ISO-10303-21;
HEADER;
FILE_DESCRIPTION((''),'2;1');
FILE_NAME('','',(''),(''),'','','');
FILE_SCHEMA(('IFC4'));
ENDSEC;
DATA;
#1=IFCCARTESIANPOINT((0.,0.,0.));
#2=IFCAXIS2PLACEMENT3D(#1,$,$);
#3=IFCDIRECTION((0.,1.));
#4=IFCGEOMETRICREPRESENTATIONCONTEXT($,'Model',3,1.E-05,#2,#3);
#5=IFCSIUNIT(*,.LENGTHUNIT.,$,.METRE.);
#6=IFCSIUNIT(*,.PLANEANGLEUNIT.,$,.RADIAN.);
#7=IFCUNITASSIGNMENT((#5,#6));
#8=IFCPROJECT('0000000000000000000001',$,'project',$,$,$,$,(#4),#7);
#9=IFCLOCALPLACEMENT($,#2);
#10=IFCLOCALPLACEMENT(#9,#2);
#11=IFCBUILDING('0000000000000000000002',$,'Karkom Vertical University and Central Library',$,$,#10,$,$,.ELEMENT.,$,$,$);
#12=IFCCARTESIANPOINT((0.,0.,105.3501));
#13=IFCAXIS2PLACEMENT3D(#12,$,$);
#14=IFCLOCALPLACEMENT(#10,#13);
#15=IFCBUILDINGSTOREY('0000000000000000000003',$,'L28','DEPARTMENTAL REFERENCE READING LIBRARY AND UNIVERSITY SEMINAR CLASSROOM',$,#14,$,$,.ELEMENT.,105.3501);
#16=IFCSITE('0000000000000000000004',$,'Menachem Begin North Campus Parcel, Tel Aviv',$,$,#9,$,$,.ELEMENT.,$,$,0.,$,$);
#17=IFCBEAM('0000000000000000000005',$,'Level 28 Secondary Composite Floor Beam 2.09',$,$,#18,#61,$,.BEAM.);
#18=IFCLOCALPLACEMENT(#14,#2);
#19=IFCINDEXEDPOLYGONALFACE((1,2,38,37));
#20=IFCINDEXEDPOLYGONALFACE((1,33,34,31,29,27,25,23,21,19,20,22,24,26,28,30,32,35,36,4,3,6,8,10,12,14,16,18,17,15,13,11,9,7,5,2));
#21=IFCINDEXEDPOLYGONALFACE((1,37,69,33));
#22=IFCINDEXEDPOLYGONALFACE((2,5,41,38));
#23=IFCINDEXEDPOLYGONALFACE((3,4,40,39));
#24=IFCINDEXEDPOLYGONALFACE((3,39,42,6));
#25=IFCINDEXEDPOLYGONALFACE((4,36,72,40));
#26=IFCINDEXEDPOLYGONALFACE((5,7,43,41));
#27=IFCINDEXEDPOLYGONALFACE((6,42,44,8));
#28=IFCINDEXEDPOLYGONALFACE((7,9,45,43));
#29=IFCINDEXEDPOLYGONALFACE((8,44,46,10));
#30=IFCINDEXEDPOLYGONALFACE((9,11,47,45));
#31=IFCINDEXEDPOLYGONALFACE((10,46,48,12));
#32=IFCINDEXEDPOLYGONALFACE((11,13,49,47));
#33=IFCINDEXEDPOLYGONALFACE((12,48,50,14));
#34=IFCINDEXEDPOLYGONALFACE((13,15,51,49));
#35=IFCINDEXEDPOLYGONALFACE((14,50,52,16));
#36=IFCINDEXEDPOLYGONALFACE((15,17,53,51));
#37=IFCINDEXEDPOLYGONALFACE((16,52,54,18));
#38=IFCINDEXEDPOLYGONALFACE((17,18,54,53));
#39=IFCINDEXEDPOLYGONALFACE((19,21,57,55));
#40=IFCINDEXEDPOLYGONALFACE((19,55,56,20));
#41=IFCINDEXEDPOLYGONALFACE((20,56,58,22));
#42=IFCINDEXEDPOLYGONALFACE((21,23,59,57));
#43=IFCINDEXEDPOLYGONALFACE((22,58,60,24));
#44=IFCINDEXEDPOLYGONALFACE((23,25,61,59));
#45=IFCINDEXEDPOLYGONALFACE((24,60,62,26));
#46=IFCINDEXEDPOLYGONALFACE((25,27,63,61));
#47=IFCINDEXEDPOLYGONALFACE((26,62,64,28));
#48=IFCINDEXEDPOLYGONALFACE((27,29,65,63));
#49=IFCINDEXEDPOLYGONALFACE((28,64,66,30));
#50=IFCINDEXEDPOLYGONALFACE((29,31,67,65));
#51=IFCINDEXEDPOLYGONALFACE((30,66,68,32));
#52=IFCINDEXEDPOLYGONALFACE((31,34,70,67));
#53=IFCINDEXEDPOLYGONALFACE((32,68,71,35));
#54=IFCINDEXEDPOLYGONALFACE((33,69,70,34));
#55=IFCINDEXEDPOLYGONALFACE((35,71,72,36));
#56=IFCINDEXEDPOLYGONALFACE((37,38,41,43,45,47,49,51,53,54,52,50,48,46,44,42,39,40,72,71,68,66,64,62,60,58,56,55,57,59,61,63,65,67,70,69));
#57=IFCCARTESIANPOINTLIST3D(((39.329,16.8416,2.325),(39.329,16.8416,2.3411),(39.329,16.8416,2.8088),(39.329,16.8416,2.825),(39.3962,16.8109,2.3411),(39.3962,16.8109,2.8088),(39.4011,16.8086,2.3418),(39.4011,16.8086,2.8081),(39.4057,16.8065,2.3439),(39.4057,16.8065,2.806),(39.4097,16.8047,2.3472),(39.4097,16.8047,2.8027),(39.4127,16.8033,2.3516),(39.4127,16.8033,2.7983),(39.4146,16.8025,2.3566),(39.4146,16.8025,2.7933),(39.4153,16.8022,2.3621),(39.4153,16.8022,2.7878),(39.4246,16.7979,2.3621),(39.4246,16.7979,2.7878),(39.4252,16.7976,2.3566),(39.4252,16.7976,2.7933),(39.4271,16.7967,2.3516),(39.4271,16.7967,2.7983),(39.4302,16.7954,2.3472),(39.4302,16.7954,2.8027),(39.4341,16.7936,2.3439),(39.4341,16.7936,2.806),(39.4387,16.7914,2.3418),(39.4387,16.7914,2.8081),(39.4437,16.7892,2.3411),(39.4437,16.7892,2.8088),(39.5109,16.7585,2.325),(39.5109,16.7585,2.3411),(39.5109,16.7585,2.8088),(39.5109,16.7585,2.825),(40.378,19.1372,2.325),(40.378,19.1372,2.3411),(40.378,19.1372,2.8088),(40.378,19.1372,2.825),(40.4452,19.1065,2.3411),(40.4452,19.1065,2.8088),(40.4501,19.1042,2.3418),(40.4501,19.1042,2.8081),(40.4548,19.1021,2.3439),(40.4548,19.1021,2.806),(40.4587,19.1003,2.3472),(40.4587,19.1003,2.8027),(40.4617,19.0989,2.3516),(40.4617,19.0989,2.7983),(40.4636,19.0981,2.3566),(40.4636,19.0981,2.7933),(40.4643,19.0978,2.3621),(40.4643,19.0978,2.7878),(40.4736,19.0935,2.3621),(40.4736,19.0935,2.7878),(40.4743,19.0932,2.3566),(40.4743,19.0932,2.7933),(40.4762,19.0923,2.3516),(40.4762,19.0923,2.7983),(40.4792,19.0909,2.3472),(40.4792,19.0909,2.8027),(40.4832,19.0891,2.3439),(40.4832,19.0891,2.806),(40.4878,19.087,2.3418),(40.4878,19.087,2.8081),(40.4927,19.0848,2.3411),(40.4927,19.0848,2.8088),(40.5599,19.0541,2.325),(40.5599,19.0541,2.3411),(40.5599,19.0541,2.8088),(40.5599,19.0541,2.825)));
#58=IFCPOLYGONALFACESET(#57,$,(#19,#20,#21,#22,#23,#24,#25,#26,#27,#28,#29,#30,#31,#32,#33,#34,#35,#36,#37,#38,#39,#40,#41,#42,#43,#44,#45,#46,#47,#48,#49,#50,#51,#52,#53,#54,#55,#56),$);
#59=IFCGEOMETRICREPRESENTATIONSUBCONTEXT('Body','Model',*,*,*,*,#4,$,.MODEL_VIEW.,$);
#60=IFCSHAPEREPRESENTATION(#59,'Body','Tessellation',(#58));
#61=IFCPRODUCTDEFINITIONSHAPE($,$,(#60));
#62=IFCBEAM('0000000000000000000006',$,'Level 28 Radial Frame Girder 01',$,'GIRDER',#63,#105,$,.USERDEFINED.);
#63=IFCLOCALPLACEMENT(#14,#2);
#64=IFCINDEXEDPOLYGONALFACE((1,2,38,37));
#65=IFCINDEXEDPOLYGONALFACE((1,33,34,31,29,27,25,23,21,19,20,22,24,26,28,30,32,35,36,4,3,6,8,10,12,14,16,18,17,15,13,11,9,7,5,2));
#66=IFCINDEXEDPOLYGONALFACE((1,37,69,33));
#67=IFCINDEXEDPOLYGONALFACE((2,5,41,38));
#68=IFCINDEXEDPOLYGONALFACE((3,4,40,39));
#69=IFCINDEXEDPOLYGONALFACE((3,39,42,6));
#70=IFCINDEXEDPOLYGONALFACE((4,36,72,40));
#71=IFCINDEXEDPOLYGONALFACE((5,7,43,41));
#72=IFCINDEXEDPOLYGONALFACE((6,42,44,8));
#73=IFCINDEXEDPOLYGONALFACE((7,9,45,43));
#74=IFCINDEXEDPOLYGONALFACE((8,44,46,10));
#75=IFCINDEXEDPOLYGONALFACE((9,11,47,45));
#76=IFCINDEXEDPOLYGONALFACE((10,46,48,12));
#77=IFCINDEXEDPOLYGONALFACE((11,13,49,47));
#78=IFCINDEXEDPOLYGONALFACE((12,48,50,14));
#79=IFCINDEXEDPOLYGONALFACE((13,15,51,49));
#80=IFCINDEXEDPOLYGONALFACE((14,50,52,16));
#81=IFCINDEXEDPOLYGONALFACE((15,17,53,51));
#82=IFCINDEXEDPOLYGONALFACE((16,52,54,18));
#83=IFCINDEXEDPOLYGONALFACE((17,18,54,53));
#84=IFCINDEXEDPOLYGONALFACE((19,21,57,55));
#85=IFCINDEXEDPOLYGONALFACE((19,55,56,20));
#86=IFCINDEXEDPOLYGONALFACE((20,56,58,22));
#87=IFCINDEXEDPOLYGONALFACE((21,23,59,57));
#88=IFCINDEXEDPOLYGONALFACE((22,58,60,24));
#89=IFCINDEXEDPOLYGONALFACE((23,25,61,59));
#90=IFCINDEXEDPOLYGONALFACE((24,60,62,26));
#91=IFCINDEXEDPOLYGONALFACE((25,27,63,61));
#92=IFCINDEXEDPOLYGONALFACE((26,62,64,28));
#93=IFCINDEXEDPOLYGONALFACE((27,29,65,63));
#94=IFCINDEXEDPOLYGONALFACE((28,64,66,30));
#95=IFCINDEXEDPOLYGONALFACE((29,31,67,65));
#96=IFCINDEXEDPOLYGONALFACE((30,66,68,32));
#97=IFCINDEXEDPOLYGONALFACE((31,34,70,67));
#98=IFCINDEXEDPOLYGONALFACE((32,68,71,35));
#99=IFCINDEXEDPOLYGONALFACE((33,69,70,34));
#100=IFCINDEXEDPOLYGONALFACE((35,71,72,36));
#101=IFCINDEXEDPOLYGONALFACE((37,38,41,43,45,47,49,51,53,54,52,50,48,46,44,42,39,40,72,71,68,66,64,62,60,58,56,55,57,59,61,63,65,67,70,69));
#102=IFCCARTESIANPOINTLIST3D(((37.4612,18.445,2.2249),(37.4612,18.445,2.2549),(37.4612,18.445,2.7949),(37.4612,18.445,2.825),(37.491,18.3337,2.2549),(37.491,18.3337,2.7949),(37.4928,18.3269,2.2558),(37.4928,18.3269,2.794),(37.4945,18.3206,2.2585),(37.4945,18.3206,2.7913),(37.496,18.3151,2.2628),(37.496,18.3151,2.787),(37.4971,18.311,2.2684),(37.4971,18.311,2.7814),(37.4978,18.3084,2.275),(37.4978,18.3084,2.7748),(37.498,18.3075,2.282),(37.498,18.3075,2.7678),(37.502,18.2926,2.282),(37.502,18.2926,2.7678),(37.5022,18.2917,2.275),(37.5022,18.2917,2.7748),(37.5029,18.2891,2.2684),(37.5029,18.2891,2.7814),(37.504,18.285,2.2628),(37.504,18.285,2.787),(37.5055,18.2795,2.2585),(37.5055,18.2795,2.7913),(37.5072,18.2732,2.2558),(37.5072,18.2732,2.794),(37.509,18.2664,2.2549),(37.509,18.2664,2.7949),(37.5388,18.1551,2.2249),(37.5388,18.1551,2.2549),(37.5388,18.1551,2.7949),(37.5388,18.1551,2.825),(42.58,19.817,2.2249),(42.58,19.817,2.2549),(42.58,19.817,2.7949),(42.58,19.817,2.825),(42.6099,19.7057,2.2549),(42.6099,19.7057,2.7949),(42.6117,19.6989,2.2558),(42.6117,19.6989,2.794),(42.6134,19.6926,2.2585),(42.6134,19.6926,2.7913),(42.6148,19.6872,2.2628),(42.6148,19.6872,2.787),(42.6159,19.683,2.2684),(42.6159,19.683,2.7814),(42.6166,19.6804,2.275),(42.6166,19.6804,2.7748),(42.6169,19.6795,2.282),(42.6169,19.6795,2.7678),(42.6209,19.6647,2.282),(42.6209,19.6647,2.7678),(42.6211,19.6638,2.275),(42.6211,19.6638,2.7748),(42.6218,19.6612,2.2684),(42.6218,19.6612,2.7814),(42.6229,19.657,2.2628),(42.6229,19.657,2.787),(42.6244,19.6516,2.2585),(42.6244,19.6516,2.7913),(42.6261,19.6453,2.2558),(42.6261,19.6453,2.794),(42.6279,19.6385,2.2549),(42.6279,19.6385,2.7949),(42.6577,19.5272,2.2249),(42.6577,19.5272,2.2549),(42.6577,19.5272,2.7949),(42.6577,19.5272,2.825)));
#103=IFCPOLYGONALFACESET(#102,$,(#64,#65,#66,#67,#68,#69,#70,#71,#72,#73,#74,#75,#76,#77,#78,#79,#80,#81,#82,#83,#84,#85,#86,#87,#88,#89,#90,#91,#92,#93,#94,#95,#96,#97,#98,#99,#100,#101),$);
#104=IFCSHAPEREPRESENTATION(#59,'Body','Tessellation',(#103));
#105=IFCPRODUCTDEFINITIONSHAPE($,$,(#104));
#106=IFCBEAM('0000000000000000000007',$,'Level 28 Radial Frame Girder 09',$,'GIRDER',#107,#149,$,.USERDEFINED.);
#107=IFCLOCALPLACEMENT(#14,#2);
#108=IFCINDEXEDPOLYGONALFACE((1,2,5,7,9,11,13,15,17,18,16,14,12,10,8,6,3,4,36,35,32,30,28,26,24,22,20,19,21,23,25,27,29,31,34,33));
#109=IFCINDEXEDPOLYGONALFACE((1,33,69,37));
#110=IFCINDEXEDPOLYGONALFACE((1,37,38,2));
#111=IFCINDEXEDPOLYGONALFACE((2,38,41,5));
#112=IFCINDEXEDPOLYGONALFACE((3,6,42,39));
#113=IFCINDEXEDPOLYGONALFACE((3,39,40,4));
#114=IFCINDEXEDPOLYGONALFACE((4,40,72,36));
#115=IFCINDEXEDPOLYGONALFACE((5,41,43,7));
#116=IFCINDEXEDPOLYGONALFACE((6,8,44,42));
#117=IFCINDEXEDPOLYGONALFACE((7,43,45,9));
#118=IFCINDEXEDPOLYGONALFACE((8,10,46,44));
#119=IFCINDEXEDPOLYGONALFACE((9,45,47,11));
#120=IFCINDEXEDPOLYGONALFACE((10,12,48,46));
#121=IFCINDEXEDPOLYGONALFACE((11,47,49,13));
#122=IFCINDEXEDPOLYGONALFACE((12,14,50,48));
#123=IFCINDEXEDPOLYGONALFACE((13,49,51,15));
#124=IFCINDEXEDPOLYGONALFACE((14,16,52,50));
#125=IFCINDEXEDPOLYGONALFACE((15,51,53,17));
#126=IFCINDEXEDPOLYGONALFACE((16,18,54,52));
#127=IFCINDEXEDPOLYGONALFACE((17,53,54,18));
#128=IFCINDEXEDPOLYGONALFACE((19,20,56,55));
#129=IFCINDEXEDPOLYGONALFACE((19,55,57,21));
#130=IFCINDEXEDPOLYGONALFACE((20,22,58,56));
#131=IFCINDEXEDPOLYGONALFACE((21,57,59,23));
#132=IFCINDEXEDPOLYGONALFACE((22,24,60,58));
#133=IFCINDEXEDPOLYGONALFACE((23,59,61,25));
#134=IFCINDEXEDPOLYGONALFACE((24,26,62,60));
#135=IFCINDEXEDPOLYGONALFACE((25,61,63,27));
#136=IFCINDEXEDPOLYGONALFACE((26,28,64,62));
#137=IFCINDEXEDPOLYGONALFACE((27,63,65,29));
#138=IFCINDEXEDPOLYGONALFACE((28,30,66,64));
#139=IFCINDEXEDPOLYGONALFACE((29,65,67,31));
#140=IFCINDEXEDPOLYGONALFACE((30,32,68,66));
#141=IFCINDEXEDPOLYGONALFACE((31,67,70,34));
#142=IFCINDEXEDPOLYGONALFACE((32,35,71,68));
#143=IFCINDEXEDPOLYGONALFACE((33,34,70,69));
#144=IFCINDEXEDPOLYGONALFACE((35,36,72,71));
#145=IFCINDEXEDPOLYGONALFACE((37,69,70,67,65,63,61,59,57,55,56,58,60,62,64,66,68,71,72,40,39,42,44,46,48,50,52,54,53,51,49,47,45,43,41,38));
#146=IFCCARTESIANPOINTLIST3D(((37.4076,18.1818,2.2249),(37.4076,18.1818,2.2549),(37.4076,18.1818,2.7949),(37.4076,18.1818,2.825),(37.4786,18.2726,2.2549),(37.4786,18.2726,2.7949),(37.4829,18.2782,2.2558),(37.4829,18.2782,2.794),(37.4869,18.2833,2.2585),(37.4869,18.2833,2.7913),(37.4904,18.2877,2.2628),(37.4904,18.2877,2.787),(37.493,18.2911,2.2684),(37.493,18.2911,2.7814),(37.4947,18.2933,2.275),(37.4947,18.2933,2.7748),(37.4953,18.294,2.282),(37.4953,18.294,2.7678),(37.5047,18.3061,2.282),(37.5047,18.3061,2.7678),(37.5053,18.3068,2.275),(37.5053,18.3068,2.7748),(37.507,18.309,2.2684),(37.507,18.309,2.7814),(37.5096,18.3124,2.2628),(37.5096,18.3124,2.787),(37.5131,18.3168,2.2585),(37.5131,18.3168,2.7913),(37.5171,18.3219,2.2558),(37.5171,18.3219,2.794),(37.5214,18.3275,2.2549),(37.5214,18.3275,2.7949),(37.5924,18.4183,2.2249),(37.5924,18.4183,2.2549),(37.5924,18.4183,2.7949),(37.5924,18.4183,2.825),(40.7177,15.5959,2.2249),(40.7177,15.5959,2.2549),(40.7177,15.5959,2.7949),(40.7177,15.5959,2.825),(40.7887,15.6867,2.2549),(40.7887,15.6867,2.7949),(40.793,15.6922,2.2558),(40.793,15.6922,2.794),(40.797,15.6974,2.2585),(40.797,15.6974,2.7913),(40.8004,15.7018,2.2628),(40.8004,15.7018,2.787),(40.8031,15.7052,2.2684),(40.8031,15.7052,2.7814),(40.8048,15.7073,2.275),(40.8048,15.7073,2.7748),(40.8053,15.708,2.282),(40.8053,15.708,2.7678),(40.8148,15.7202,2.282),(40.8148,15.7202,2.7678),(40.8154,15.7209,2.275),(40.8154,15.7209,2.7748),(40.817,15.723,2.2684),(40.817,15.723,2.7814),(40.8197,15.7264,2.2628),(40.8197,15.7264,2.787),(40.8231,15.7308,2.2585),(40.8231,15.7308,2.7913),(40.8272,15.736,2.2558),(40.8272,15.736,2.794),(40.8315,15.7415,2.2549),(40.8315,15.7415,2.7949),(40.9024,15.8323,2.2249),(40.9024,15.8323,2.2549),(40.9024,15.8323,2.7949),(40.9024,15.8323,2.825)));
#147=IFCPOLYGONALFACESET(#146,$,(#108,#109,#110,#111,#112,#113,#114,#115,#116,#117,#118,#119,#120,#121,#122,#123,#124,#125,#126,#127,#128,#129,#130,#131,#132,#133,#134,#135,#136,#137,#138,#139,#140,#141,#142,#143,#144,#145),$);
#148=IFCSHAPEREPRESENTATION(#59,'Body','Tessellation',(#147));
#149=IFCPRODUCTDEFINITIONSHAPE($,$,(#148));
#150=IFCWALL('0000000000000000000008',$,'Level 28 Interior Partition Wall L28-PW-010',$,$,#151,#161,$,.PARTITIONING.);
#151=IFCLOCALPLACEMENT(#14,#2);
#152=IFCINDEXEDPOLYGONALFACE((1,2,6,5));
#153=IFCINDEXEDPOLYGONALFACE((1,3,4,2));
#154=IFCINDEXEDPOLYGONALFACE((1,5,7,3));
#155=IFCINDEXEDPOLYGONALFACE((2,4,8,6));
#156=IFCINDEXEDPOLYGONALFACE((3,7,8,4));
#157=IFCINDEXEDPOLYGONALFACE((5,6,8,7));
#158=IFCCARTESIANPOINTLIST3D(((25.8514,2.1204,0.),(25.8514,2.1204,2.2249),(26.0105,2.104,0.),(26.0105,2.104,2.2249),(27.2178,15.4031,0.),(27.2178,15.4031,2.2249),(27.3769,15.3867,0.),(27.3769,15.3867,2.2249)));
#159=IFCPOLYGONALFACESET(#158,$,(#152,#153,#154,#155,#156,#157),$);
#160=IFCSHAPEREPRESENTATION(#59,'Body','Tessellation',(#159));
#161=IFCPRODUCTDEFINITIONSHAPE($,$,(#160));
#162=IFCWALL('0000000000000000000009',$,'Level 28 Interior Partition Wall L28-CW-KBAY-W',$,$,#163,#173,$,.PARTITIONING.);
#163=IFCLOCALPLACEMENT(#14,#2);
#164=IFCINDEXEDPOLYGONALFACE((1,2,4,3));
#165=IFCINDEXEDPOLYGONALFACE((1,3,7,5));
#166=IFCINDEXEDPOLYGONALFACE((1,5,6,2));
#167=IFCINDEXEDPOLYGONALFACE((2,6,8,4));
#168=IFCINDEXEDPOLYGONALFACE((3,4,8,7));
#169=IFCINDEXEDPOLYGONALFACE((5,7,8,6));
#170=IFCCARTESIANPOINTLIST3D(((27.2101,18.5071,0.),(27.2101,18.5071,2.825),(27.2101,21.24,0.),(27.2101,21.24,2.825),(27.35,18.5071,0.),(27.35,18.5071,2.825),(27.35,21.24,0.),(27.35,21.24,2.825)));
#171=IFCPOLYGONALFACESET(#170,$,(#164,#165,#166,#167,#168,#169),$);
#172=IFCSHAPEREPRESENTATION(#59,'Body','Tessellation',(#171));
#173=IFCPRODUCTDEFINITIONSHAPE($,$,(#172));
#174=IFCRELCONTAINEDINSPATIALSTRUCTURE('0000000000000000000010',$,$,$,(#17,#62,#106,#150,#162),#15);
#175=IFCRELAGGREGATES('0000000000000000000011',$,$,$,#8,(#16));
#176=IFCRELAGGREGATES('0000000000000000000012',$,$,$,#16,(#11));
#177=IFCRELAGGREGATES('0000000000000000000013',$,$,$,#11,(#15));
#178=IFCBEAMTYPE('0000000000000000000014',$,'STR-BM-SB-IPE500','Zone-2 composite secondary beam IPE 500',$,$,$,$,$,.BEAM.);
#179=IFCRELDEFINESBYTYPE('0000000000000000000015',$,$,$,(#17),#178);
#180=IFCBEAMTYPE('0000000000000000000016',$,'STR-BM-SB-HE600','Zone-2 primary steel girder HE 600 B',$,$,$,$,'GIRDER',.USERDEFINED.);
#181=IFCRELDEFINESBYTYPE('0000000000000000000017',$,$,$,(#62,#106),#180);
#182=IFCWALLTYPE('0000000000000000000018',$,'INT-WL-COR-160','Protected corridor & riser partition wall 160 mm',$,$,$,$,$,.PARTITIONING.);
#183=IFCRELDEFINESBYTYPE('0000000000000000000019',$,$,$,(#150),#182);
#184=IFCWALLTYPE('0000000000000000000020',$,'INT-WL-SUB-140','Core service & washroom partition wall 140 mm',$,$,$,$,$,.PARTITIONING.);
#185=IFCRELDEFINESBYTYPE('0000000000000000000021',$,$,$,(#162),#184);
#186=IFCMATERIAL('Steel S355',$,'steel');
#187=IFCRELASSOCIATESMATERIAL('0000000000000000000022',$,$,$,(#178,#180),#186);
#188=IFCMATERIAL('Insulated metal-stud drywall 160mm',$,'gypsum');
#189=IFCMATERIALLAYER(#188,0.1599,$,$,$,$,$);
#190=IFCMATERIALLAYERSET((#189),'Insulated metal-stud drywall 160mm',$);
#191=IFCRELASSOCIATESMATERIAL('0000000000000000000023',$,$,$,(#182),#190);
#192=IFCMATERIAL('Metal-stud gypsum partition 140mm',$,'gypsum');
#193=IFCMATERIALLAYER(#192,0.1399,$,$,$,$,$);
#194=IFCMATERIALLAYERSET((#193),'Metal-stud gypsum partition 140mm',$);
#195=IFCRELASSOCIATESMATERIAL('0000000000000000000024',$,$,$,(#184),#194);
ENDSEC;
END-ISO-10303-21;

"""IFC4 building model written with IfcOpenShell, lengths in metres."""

from ifc_helpers import new_model, si_unit, direction, frame, frame_2d, origin, origin_with_axes, origin_2d, place, context, subcontext, project, spatial, rectangle, i_section, extrude, source, transform, mapped, material, layer, layer_set, material_profile, profile_set, type_object, element, save


model = new_model("IFC4")

# Units and contexts
model_context = context("Model", 3, precision=1e-05, world=origin(), true_north=direction((0.0, 1.0)))
body_context = subcontext(model_context, "Body", "Model", "MODEL_VIEW")
ifc_project = project(units=[si_unit("LENGTHUNIT", "METRE"), si_unit("PLANEANGLEUNIT", "RADIAN")], contexts=[model_context])

# Site, building, storey
site_placement = place(None, origin())
site = spatial("IfcSite", under=ifc_project, at=site_placement, Name="Menachem Begin North Campus Parcel, Tel Aviv", CompositionType="ELEMENT", RefElevation=0.0)
building_placement = place(site_placement, origin())
building = spatial("IfcBuilding", under=site, at=building_placement, Name="Karkom Vertical University and Central Library", CompositionType="ELEMENT")
storey_placement = place(building_placement, frame((0.0, 0.0, 105.3501)))
storey = spatial("IfcBuildingStorey", under=building, at=storey_placement, Name="L28", Description="DEPARTMENTAL REFERENCE READING LIBRARY AND UNIVERSITY SEMINAR CLASSROOM", CompositionType="ELEMENT", Elevation=105.3501)

# Beams
ifc_material_1 = material(Name="Steel S355", Category="steel")
ifc_material_profile_1 = material_profile(ifc_material_1, i_section(OverallWidth=0.2, OverallDepth=0.5, WebThickness=0.0103, FlangeThickness=0.0161, FilletRadius=0.021, at=origin_2d()), Name="IPE 500")
ifc_profile_set_1 = profile_set([ifc_material_profile_1], Name="Steel S355")
beam_type_1 = type_object("IfcBeamType", Name="STR-BM-SB-IPE500", Description="Zone-2 composite secondary beam IPE 500", PredefinedType="BEAM", material=ifc_profile_set_1)
shared_shape_1 = source(origin_with_axes(), body_context, "Body", "SweptSolid", [
    extrude(i_section(OverallWidth=0.2, OverallDepth=0.5, WebThickness=0.0103, FlangeThickness=0.0161, FilletRadius=0.021, at=origin_2d()), origin(), (0.0, 0.0, 1.0), 2.5239),
])
beam_1_placement = place(storey_placement, frame((39.4199, 16.8, 2.575), z_axis=(0.415639, 0.90953, 0.0), x_axis=(-0.90953, 0.415639, 0.0)))
element("IfcBeam", 1, at=beam_1_placement, inside=storey, type_object=beam_type_1, Name="Level 28 Secondary Composite Floor Beam 2.09", PredefinedType="BEAM", context=body_context, shape_type="MappedRepresentation", body=[
    mapped(shared_shape_1, transform((0.0, 0.0, 0.0), scale=1.0)),
])
ifc_material_profile_2 = material_profile(ifc_material_1, i_section(OverallWidth=0.3, OverallDepth=0.6001, WebThickness=0.0154, FlangeThickness=0.03, FilletRadius=0.0271, at=origin_2d()), Name="HE 600 B")
ifc_profile_set_2 = profile_set([ifc_material_profile_2], Name="Steel S355")
beam_type_2 = type_object("IfcBeamType", Name="STR-BM-SB-HE600", Description="Zone-2 primary steel girder HE 600 B", ElementType="GIRDER", PredefinedType="USERDEFINED", material=ifc_profile_set_2)
shared_shape_2 = source(origin_with_axes(), body_context, "Body", "SweptSolid", [
    extrude(i_section(OverallWidth=0.3, OverallDepth=0.6001, WebThickness=0.0154, FlangeThickness=0.03, FilletRadius=0.0271, at=origin_2d()), origin(), (0.0, 0.0, 1.0), 5.2996),
])
beam_2_placement = place(storey_placement, frame((37.5, 18.3, 2.5249), z_axis=(0.965904, 0.258901, 0.0), x_axis=(-0.258901, 0.965904, 0.0)))
element("IfcBeam", 2, at=beam_2_placement, inside=storey, type_object=beam_type_2, Name="Level 28 Radial Frame Girder 01", ObjectType="GIRDER", PredefinedType="USERDEFINED", context=body_context, shape_type="MappedRepresentation", body=[
    mapped(shared_shape_2, transform((0.0, 0.0, 0.0), scale=1.0)),
])
shared_shape_3 = source(origin_with_axes(), body_context, "Body", "SweptSolid", [
    extrude(i_section(OverallWidth=0.3, OverallDepth=0.6001, WebThickness=0.0154, FlangeThickness=0.03, FilletRadius=0.0271, at=origin_2d()), origin(), (0.0, 0.0, 1.0), 4.2004),
])
beam_3_placement = place(storey_placement, frame((37.5, 18.3, 2.5249), z_axis=(0.78803, -0.615637, 0.0), x_axis=(0.615637, 0.78803, 0.0)))
element("IfcBeam", 3, at=beam_3_placement, inside=storey, type_object=beam_type_2, Name="Level 28 Radial Frame Girder 09", ObjectType="GIRDER", PredefinedType="USERDEFINED", context=body_context, shape_type="MappedRepresentation", body=[
    mapped(shared_shape_3, transform((0.0, 0.0, 0.0), scale=1.0)),
])

# Walls
ifc_material_2 = material(Name="Insulated metal-stud drywall 160mm", Category="gypsum")
ifc_layer_1 = layer(ifc_material_2, 0.1599)
ifc_layer_set_1 = layer_set([ifc_layer_1], Name="Insulated metal-stud drywall 160mm")
wall_type_1 = type_object("IfcWallType", Name="INT-WL-COR-160", Description="Protected corridor & riser partition wall 160 mm", PredefinedType="PARTITIONING", material=ifc_layer_set_1)
wall_1_placement = place(storey_placement, frame((27.2974, 15.3948, 0.0), z_axis=(0.0, 0.0, 1.0), x_axis=(-0.102335, -0.99475, 0.0)))
element("IfcWall", 4, at=wall_1_placement, inside=storey, type_object=wall_type_1, Name="Level 28 Interior Partition Wall L28-PW-010", PredefinedType="PARTITIONING", context=body_context, shape_type="SweptSolid", body=[
    extrude(rectangle(XDim=13.3528, YDim=0.1599, at=frame_2d((6.6763, 0.0))), origin(), (0.0, 0.0, 1.0), 2.2249),
])
ifc_material_3 = material(Name="Metal-stud gypsum partition 140mm", Category="gypsum")
ifc_layer_2 = layer(ifc_material_3, 0.1399)
ifc_layer_set_2 = layer_set([ifc_layer_2], Name="Metal-stud gypsum partition 140mm")
wall_type_2 = type_object("IfcWallType", Name="INT-WL-SUB-140", Description="Core service & washroom partition wall 140 mm", PredefinedType="PARTITIONING", material=ifc_layer_set_2)
wall_2_placement = place(storey_placement, frame((27.28, 18.5071, 0.0), z_axis=(0.0, 0.0, 1.0), x_axis=(0.0, 1.0, 0.0)))
element("IfcWall", 5, at=wall_2_placement, inside=storey, type_object=wall_type_2, Name="Level 28 Interior Partition Wall L28-CW-KBAY-W", PredefinedType="PARTITIONING", context=body_context, shape_type="SweptSolid", body=[
    extrude(rectangle(XDim=2.7329, YDim=0.1399, at=frame_2d((1.3665, 0.0))), origin(), (0.0, 0.0, 1.0), 2.825),
])

save(model, "model.ifc")
